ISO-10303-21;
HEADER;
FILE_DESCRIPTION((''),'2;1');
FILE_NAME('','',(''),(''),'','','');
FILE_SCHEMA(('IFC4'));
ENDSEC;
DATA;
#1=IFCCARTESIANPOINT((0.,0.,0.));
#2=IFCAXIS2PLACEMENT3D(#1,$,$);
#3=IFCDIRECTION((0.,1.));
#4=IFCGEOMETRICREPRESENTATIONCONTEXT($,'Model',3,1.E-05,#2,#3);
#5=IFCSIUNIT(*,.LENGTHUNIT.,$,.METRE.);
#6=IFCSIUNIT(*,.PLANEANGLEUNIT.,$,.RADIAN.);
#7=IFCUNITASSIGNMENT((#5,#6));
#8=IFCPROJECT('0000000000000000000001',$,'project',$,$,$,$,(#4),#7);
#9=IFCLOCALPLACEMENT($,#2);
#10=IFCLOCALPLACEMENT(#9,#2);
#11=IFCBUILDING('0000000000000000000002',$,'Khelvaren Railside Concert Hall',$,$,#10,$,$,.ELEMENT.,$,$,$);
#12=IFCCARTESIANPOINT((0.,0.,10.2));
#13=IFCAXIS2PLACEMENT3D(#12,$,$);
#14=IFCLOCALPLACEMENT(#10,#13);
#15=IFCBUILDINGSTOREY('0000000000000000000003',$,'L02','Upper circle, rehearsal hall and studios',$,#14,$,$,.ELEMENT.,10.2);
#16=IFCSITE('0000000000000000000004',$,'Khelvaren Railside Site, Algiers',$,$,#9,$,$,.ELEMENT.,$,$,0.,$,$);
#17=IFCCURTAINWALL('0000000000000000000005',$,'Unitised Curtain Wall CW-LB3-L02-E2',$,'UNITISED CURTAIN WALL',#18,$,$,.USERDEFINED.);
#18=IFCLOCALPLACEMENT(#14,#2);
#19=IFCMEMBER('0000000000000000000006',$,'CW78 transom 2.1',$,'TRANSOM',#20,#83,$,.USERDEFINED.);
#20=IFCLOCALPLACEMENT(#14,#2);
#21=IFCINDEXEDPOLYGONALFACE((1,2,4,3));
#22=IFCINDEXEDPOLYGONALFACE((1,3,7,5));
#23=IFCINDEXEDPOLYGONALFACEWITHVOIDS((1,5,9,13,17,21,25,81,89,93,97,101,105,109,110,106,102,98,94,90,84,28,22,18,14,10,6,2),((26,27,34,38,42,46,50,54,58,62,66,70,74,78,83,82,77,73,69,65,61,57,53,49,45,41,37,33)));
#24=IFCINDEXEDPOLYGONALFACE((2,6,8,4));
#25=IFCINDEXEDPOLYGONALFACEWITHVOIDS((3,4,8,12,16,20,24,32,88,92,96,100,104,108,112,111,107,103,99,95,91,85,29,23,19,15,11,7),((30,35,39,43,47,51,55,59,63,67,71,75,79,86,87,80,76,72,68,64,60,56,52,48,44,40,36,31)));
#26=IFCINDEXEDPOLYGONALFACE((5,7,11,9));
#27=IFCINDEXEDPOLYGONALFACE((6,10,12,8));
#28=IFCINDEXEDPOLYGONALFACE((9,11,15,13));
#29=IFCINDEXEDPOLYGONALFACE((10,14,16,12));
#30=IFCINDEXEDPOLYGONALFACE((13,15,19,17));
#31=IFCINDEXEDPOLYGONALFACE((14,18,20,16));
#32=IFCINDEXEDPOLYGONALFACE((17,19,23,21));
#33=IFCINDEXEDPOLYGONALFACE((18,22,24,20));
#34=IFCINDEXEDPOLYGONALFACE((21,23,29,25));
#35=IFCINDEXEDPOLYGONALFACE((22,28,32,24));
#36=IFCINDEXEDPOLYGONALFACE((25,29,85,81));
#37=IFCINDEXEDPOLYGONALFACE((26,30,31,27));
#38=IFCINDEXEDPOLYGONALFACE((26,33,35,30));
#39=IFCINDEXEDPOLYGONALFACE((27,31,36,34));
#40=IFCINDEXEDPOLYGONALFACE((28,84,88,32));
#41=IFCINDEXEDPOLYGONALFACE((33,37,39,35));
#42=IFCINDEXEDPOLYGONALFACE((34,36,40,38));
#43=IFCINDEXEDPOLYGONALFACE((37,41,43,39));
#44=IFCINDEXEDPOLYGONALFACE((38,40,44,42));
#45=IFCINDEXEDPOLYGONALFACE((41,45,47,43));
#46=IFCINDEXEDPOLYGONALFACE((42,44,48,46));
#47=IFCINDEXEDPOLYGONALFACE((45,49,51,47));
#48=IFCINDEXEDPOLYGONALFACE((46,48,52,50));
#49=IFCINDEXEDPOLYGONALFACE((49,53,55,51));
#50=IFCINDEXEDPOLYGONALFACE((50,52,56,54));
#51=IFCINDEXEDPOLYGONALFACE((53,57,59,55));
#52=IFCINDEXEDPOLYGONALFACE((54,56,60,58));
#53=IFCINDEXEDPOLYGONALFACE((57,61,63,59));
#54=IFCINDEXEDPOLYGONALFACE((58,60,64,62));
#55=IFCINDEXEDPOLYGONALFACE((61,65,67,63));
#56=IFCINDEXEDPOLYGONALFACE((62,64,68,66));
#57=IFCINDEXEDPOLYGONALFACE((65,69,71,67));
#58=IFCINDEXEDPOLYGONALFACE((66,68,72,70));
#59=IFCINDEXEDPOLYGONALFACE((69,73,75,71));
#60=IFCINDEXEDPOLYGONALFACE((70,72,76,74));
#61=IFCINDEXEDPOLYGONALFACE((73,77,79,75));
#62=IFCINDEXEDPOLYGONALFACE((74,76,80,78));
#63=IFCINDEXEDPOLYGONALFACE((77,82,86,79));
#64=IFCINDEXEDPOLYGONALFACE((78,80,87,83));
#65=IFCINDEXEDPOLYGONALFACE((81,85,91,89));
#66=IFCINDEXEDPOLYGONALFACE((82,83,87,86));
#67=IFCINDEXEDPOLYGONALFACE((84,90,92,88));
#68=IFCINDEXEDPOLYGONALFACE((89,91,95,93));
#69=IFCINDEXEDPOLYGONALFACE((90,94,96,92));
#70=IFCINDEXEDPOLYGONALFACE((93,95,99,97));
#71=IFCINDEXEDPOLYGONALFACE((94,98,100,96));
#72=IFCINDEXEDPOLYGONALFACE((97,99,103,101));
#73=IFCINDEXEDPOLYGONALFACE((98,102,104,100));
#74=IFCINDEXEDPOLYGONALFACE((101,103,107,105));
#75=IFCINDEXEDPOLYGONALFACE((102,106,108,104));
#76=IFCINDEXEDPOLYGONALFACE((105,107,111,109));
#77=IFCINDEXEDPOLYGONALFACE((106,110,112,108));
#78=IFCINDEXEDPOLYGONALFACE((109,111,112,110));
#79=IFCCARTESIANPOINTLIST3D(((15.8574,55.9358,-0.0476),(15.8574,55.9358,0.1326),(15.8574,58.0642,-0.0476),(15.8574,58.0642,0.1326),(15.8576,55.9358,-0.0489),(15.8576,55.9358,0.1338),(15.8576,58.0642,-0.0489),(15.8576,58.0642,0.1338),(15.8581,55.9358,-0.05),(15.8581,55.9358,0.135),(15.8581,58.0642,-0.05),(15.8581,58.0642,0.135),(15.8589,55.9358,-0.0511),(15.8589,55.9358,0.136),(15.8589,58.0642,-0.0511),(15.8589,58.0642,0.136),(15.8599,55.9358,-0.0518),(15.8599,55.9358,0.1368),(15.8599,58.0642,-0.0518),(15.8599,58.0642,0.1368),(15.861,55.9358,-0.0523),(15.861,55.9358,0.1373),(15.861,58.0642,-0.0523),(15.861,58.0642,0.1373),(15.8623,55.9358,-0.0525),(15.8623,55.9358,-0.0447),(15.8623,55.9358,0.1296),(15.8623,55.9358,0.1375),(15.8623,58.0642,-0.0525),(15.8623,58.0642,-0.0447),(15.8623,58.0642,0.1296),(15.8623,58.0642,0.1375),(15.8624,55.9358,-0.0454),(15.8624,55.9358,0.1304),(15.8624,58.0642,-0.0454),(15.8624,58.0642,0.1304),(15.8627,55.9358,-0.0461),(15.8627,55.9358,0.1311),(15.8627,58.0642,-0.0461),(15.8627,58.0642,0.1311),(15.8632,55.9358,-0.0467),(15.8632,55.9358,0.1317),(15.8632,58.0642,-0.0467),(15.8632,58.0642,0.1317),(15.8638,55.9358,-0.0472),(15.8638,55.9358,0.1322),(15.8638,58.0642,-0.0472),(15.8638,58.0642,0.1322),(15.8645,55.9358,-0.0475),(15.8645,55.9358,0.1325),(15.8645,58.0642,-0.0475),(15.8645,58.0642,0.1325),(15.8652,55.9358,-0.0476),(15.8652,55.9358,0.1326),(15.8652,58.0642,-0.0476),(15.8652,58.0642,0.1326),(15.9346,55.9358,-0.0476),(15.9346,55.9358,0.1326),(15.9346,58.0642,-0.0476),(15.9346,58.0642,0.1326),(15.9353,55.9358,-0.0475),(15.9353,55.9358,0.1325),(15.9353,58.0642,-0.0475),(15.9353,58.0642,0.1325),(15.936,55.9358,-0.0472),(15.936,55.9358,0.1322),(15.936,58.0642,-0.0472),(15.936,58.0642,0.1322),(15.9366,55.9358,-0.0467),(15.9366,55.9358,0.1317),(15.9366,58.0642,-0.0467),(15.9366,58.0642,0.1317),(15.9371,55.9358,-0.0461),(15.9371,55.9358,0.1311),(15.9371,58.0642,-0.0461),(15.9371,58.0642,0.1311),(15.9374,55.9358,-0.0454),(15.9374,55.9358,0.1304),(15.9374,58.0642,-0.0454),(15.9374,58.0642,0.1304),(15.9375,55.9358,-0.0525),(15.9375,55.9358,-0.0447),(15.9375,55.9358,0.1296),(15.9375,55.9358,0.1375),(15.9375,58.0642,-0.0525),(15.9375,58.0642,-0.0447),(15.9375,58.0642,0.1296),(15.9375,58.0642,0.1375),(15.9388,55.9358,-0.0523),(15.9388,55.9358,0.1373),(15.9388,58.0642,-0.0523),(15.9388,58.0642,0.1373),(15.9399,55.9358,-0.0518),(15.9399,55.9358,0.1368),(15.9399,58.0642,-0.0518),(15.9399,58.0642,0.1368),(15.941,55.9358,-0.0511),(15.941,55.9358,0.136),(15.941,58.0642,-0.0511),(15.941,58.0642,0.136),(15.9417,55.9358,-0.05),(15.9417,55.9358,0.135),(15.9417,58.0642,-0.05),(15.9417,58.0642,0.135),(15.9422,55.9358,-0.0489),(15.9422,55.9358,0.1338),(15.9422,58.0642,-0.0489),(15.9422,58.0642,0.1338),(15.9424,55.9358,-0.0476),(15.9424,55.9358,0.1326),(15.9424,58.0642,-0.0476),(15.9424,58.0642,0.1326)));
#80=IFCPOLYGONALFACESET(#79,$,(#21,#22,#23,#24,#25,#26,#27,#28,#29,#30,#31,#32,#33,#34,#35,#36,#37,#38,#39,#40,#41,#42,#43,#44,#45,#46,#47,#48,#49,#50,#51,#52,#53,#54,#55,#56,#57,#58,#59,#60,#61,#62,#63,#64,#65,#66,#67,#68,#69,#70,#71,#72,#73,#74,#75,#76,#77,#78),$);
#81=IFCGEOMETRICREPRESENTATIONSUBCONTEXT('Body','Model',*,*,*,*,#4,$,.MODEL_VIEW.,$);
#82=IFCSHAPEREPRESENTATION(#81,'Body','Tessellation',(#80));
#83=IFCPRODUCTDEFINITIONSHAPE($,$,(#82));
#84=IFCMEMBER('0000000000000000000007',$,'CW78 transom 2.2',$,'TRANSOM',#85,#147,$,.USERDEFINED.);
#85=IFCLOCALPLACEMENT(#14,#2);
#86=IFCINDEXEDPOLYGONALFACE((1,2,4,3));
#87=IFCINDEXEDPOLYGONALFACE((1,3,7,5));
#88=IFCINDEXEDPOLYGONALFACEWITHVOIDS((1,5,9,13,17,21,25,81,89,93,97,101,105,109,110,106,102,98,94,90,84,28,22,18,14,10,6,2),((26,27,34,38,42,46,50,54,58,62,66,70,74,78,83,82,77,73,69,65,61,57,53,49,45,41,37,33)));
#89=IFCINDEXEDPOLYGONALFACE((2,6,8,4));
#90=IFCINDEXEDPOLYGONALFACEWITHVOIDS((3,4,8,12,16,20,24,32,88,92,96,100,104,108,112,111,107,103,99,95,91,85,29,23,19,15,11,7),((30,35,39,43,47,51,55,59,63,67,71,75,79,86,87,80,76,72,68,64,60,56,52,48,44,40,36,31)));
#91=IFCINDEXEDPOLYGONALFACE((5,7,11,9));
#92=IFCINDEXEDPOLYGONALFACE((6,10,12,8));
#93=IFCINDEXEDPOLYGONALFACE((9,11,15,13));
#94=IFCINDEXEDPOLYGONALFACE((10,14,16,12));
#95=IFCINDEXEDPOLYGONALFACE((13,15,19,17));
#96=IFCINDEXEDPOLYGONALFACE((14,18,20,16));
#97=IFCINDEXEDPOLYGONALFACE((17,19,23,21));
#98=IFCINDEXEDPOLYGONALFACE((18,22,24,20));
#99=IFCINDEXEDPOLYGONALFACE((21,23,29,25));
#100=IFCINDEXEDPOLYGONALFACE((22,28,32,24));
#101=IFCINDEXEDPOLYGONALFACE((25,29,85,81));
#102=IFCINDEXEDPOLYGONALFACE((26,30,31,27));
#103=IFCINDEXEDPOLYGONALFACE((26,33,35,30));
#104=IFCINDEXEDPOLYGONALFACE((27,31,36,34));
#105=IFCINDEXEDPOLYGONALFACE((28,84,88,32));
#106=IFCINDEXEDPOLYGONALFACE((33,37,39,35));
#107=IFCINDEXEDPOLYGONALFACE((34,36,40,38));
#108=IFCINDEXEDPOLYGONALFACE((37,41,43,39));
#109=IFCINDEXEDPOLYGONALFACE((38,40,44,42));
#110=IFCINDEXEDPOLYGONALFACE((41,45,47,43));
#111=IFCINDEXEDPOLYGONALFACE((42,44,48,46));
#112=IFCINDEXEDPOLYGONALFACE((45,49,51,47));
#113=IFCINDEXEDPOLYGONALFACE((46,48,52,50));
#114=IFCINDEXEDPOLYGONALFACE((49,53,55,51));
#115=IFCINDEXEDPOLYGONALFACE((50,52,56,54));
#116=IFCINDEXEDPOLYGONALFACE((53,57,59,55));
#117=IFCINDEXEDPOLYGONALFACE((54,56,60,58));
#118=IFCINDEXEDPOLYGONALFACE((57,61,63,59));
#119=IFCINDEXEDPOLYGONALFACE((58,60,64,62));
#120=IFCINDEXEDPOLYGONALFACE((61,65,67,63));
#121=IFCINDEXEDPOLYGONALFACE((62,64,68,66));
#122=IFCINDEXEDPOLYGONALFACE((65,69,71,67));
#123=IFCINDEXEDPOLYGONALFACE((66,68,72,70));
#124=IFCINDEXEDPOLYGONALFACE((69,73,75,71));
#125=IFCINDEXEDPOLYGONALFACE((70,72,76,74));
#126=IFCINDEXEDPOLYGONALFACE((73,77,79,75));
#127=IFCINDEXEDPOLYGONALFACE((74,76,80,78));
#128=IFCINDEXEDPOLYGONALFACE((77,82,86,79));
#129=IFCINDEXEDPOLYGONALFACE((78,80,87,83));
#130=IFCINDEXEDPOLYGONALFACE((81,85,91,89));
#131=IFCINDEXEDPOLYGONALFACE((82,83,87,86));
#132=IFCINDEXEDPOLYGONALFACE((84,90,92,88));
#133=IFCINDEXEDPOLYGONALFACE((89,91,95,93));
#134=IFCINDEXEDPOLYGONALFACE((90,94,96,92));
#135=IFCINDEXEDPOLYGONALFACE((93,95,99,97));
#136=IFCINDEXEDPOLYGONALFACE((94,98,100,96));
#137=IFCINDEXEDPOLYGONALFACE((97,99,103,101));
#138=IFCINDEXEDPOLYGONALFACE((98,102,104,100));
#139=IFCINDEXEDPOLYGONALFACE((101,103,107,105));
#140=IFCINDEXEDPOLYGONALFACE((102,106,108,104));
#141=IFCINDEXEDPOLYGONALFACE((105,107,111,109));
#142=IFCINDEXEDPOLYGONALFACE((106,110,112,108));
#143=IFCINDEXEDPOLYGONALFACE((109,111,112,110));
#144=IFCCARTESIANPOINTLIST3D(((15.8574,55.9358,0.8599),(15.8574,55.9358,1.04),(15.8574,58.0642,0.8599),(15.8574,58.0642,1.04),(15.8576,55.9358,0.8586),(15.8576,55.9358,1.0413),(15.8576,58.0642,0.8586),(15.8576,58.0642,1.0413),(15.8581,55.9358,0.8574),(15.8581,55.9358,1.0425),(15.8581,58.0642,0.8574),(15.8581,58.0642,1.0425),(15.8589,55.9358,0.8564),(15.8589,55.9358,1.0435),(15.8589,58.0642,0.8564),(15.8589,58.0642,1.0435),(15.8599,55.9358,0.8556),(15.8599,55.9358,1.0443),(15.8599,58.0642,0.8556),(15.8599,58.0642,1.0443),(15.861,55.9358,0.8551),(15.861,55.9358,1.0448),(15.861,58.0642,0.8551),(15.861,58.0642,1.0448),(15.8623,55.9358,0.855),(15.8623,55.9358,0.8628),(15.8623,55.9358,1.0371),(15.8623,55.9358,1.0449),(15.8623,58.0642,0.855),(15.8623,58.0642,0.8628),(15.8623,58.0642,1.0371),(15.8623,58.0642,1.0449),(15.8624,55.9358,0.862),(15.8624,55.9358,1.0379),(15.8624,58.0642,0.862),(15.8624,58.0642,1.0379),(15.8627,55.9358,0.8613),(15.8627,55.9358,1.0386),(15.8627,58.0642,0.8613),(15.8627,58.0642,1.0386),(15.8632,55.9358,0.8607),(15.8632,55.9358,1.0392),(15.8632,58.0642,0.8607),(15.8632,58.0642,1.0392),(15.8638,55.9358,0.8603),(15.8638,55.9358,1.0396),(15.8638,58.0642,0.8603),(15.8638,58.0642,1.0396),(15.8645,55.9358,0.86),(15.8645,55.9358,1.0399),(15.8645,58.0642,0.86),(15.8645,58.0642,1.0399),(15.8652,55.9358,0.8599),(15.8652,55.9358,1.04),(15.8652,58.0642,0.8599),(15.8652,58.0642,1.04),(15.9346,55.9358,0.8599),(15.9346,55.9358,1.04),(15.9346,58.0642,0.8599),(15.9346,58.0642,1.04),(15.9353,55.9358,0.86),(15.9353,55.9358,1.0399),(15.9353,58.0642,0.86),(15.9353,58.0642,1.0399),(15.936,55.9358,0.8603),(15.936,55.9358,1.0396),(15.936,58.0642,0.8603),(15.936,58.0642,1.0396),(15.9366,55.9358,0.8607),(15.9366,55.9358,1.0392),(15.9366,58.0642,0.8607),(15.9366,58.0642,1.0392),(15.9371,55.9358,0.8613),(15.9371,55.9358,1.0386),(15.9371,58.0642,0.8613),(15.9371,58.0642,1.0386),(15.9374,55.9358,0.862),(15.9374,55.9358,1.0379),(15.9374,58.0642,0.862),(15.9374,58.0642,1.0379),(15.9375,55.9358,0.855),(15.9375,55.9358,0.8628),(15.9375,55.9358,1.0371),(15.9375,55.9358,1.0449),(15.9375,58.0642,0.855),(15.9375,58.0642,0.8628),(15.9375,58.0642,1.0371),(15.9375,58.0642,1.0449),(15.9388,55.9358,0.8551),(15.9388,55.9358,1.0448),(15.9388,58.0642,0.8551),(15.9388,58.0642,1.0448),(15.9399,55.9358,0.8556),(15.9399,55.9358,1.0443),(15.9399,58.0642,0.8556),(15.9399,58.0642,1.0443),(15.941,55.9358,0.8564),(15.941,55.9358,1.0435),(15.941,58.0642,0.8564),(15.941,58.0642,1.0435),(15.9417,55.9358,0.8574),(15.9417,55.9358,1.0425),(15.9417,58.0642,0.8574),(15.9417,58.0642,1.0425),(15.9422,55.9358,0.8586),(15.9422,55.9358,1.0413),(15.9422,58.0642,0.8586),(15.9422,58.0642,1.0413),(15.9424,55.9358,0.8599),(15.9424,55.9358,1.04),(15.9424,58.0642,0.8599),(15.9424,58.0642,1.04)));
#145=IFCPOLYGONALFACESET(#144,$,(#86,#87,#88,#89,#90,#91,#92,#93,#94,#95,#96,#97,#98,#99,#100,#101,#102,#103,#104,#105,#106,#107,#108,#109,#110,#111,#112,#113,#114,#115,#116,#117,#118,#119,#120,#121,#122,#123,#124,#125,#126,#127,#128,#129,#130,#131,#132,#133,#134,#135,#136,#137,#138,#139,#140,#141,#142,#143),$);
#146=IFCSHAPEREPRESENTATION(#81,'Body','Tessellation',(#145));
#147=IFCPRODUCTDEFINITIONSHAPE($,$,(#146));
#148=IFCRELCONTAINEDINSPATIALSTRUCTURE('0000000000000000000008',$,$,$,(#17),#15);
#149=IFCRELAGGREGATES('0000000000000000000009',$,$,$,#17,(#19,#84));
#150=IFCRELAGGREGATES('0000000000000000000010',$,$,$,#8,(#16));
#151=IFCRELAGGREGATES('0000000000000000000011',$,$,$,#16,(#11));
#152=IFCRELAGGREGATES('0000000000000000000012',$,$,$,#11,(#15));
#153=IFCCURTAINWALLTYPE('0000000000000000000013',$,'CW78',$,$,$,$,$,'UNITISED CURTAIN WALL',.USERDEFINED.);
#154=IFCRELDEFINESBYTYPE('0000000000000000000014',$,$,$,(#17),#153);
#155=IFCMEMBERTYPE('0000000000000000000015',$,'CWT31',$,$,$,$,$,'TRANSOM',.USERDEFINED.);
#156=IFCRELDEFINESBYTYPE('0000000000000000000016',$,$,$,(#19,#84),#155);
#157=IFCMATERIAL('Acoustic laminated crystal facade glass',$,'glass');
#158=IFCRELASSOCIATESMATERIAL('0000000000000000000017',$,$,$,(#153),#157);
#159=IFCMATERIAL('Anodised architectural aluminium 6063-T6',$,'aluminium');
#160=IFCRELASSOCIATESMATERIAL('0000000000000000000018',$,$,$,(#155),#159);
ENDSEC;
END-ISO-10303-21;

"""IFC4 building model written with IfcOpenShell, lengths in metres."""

from ifc_helpers import new_model, si_unit, direction, frame, origin, origin_2d, place, context, subcontext, project, spatial, hollow_rectangle, extrude, material, material_profile, profile_set, type_object, element, aggregate, save


model = new_model("IFC4")

# Units and contexts
model_context = context("Model", 3, precision=1e-05, world=origin(), true_north=direction((0.0, 1.0)))
body_context = subcontext(model_context, "Body", "Model", "MODEL_VIEW")
ifc_project = project(units=[si_unit("LENGTHUNIT", "METRE"), si_unit("PLANEANGLEUNIT", "RADIAN")], contexts=[model_context])

# Site, building, storey
site_placement = place(None, origin())
site = spatial("IfcSite", under=ifc_project, at=site_placement, Name="Khelvaren Railside Site, Algiers", CompositionType="ELEMENT", RefElevation=0.0)
building_placement = place(site_placement, origin())
building = spatial("IfcBuilding", under=site, at=building_placement, Name="Khelvaren Railside Concert Hall", CompositionType="ELEMENT")
storey_placement = place(building_placement, frame((0.0, 0.0, 10.2)))
storey = spatial("IfcBuildingStorey", under=building, at=storey_placement, Name="L02", Description="Upper circle, rehearsal hall and studios", CompositionType="ELEMENT", Elevation=10.2)

# Curtain wall
ifc_material_1 = material(Name="Acoustic laminated crystal facade glass", Category="glass")
curtain_wall_type = type_object("IfcCurtainWallType", Name="CW78", ElementType="UNITISED CURTAIN WALL", PredefinedType="USERDEFINED", material=ifc_material_1)
curtain_wall_1_placement = place(storey_placement, origin())
curtain_wall_1 = element("IfcCurtainWall", 1, at=curtain_wall_1_placement, inside=storey, type_object=curtain_wall_type, Name="Unitised Curtain Wall CW-LB3-L02-E2", ObjectType="UNITISED CURTAIN WALL", PredefinedType="USERDEFINED")
ifc_material_2 = material(Name="Anodised architectural aluminium 6063-T6", Category="aluminium")

# Members
ifc_material_profile_1 = material_profile(ifc_material_2, hollow_rectangle(XDim=0.085, YDim=0.1899, WallThickness=0.0049, InnerFilletRadius=0.0029, OuterFilletRadius=0.0049, at=origin_2d()), Name="CWT 85x190x5")
ifc_profile_set_1 = profile_set([ifc_material_profile_1], Name="Anodised architectural aluminium 6063-T6")
member_type_1 = type_object("IfcMemberType", Name="CWT31", ElementType="TRANSOM", PredefinedType="USERDEFINED", material=ifc_profile_set_1)
member_1_placement = place(storey_placement, frame((15.8999, 58.0642, 0.0425), z_axis=(0.0, -1.0, 0.0), x_axis=(1.0, 0.0, 0.0)))
member_1 = element("IfcMember", 2, at=member_1_placement, type_object=member_type_1, Name="CW78 transom 2.1", ObjectType="TRANSOM", PredefinedType="USERDEFINED", context=body_context, shape_type="SweptSolid", body=[
    extrude(hollow_rectangle(XDim=0.085, YDim=0.1899, WallThickness=0.0049, InnerFilletRadius=0.0029, OuterFilletRadius=0.0049, at=origin_2d()), origin(), (0.0, 0.0, 1.0), 2.1284),
])
member_2_placement = place(storey_placement, frame((15.8999, 58.0642, 0.95), z_axis=(0.0, -1.0, 0.0), x_axis=(1.0, 0.0, 0.0)))
member_2 = element("IfcMember", 3, at=member_2_placement, type_object=member_type_1, Name="CW78 transom 2.2", ObjectType="TRANSOM", PredefinedType="USERDEFINED", context=body_context, shape_type="SweptSolid", body=[
    extrude(hollow_rectangle(XDim=0.085, YDim=0.1899, WallThickness=0.0049, InnerFilletRadius=0.0029, OuterFilletRadius=0.0049, at=origin_2d()), origin(), (0.0, 0.0, 1.0), 2.1284),
])

aggregate(curtain_wall_1, [member_1, member_2])

save(model, "model.ifc")
